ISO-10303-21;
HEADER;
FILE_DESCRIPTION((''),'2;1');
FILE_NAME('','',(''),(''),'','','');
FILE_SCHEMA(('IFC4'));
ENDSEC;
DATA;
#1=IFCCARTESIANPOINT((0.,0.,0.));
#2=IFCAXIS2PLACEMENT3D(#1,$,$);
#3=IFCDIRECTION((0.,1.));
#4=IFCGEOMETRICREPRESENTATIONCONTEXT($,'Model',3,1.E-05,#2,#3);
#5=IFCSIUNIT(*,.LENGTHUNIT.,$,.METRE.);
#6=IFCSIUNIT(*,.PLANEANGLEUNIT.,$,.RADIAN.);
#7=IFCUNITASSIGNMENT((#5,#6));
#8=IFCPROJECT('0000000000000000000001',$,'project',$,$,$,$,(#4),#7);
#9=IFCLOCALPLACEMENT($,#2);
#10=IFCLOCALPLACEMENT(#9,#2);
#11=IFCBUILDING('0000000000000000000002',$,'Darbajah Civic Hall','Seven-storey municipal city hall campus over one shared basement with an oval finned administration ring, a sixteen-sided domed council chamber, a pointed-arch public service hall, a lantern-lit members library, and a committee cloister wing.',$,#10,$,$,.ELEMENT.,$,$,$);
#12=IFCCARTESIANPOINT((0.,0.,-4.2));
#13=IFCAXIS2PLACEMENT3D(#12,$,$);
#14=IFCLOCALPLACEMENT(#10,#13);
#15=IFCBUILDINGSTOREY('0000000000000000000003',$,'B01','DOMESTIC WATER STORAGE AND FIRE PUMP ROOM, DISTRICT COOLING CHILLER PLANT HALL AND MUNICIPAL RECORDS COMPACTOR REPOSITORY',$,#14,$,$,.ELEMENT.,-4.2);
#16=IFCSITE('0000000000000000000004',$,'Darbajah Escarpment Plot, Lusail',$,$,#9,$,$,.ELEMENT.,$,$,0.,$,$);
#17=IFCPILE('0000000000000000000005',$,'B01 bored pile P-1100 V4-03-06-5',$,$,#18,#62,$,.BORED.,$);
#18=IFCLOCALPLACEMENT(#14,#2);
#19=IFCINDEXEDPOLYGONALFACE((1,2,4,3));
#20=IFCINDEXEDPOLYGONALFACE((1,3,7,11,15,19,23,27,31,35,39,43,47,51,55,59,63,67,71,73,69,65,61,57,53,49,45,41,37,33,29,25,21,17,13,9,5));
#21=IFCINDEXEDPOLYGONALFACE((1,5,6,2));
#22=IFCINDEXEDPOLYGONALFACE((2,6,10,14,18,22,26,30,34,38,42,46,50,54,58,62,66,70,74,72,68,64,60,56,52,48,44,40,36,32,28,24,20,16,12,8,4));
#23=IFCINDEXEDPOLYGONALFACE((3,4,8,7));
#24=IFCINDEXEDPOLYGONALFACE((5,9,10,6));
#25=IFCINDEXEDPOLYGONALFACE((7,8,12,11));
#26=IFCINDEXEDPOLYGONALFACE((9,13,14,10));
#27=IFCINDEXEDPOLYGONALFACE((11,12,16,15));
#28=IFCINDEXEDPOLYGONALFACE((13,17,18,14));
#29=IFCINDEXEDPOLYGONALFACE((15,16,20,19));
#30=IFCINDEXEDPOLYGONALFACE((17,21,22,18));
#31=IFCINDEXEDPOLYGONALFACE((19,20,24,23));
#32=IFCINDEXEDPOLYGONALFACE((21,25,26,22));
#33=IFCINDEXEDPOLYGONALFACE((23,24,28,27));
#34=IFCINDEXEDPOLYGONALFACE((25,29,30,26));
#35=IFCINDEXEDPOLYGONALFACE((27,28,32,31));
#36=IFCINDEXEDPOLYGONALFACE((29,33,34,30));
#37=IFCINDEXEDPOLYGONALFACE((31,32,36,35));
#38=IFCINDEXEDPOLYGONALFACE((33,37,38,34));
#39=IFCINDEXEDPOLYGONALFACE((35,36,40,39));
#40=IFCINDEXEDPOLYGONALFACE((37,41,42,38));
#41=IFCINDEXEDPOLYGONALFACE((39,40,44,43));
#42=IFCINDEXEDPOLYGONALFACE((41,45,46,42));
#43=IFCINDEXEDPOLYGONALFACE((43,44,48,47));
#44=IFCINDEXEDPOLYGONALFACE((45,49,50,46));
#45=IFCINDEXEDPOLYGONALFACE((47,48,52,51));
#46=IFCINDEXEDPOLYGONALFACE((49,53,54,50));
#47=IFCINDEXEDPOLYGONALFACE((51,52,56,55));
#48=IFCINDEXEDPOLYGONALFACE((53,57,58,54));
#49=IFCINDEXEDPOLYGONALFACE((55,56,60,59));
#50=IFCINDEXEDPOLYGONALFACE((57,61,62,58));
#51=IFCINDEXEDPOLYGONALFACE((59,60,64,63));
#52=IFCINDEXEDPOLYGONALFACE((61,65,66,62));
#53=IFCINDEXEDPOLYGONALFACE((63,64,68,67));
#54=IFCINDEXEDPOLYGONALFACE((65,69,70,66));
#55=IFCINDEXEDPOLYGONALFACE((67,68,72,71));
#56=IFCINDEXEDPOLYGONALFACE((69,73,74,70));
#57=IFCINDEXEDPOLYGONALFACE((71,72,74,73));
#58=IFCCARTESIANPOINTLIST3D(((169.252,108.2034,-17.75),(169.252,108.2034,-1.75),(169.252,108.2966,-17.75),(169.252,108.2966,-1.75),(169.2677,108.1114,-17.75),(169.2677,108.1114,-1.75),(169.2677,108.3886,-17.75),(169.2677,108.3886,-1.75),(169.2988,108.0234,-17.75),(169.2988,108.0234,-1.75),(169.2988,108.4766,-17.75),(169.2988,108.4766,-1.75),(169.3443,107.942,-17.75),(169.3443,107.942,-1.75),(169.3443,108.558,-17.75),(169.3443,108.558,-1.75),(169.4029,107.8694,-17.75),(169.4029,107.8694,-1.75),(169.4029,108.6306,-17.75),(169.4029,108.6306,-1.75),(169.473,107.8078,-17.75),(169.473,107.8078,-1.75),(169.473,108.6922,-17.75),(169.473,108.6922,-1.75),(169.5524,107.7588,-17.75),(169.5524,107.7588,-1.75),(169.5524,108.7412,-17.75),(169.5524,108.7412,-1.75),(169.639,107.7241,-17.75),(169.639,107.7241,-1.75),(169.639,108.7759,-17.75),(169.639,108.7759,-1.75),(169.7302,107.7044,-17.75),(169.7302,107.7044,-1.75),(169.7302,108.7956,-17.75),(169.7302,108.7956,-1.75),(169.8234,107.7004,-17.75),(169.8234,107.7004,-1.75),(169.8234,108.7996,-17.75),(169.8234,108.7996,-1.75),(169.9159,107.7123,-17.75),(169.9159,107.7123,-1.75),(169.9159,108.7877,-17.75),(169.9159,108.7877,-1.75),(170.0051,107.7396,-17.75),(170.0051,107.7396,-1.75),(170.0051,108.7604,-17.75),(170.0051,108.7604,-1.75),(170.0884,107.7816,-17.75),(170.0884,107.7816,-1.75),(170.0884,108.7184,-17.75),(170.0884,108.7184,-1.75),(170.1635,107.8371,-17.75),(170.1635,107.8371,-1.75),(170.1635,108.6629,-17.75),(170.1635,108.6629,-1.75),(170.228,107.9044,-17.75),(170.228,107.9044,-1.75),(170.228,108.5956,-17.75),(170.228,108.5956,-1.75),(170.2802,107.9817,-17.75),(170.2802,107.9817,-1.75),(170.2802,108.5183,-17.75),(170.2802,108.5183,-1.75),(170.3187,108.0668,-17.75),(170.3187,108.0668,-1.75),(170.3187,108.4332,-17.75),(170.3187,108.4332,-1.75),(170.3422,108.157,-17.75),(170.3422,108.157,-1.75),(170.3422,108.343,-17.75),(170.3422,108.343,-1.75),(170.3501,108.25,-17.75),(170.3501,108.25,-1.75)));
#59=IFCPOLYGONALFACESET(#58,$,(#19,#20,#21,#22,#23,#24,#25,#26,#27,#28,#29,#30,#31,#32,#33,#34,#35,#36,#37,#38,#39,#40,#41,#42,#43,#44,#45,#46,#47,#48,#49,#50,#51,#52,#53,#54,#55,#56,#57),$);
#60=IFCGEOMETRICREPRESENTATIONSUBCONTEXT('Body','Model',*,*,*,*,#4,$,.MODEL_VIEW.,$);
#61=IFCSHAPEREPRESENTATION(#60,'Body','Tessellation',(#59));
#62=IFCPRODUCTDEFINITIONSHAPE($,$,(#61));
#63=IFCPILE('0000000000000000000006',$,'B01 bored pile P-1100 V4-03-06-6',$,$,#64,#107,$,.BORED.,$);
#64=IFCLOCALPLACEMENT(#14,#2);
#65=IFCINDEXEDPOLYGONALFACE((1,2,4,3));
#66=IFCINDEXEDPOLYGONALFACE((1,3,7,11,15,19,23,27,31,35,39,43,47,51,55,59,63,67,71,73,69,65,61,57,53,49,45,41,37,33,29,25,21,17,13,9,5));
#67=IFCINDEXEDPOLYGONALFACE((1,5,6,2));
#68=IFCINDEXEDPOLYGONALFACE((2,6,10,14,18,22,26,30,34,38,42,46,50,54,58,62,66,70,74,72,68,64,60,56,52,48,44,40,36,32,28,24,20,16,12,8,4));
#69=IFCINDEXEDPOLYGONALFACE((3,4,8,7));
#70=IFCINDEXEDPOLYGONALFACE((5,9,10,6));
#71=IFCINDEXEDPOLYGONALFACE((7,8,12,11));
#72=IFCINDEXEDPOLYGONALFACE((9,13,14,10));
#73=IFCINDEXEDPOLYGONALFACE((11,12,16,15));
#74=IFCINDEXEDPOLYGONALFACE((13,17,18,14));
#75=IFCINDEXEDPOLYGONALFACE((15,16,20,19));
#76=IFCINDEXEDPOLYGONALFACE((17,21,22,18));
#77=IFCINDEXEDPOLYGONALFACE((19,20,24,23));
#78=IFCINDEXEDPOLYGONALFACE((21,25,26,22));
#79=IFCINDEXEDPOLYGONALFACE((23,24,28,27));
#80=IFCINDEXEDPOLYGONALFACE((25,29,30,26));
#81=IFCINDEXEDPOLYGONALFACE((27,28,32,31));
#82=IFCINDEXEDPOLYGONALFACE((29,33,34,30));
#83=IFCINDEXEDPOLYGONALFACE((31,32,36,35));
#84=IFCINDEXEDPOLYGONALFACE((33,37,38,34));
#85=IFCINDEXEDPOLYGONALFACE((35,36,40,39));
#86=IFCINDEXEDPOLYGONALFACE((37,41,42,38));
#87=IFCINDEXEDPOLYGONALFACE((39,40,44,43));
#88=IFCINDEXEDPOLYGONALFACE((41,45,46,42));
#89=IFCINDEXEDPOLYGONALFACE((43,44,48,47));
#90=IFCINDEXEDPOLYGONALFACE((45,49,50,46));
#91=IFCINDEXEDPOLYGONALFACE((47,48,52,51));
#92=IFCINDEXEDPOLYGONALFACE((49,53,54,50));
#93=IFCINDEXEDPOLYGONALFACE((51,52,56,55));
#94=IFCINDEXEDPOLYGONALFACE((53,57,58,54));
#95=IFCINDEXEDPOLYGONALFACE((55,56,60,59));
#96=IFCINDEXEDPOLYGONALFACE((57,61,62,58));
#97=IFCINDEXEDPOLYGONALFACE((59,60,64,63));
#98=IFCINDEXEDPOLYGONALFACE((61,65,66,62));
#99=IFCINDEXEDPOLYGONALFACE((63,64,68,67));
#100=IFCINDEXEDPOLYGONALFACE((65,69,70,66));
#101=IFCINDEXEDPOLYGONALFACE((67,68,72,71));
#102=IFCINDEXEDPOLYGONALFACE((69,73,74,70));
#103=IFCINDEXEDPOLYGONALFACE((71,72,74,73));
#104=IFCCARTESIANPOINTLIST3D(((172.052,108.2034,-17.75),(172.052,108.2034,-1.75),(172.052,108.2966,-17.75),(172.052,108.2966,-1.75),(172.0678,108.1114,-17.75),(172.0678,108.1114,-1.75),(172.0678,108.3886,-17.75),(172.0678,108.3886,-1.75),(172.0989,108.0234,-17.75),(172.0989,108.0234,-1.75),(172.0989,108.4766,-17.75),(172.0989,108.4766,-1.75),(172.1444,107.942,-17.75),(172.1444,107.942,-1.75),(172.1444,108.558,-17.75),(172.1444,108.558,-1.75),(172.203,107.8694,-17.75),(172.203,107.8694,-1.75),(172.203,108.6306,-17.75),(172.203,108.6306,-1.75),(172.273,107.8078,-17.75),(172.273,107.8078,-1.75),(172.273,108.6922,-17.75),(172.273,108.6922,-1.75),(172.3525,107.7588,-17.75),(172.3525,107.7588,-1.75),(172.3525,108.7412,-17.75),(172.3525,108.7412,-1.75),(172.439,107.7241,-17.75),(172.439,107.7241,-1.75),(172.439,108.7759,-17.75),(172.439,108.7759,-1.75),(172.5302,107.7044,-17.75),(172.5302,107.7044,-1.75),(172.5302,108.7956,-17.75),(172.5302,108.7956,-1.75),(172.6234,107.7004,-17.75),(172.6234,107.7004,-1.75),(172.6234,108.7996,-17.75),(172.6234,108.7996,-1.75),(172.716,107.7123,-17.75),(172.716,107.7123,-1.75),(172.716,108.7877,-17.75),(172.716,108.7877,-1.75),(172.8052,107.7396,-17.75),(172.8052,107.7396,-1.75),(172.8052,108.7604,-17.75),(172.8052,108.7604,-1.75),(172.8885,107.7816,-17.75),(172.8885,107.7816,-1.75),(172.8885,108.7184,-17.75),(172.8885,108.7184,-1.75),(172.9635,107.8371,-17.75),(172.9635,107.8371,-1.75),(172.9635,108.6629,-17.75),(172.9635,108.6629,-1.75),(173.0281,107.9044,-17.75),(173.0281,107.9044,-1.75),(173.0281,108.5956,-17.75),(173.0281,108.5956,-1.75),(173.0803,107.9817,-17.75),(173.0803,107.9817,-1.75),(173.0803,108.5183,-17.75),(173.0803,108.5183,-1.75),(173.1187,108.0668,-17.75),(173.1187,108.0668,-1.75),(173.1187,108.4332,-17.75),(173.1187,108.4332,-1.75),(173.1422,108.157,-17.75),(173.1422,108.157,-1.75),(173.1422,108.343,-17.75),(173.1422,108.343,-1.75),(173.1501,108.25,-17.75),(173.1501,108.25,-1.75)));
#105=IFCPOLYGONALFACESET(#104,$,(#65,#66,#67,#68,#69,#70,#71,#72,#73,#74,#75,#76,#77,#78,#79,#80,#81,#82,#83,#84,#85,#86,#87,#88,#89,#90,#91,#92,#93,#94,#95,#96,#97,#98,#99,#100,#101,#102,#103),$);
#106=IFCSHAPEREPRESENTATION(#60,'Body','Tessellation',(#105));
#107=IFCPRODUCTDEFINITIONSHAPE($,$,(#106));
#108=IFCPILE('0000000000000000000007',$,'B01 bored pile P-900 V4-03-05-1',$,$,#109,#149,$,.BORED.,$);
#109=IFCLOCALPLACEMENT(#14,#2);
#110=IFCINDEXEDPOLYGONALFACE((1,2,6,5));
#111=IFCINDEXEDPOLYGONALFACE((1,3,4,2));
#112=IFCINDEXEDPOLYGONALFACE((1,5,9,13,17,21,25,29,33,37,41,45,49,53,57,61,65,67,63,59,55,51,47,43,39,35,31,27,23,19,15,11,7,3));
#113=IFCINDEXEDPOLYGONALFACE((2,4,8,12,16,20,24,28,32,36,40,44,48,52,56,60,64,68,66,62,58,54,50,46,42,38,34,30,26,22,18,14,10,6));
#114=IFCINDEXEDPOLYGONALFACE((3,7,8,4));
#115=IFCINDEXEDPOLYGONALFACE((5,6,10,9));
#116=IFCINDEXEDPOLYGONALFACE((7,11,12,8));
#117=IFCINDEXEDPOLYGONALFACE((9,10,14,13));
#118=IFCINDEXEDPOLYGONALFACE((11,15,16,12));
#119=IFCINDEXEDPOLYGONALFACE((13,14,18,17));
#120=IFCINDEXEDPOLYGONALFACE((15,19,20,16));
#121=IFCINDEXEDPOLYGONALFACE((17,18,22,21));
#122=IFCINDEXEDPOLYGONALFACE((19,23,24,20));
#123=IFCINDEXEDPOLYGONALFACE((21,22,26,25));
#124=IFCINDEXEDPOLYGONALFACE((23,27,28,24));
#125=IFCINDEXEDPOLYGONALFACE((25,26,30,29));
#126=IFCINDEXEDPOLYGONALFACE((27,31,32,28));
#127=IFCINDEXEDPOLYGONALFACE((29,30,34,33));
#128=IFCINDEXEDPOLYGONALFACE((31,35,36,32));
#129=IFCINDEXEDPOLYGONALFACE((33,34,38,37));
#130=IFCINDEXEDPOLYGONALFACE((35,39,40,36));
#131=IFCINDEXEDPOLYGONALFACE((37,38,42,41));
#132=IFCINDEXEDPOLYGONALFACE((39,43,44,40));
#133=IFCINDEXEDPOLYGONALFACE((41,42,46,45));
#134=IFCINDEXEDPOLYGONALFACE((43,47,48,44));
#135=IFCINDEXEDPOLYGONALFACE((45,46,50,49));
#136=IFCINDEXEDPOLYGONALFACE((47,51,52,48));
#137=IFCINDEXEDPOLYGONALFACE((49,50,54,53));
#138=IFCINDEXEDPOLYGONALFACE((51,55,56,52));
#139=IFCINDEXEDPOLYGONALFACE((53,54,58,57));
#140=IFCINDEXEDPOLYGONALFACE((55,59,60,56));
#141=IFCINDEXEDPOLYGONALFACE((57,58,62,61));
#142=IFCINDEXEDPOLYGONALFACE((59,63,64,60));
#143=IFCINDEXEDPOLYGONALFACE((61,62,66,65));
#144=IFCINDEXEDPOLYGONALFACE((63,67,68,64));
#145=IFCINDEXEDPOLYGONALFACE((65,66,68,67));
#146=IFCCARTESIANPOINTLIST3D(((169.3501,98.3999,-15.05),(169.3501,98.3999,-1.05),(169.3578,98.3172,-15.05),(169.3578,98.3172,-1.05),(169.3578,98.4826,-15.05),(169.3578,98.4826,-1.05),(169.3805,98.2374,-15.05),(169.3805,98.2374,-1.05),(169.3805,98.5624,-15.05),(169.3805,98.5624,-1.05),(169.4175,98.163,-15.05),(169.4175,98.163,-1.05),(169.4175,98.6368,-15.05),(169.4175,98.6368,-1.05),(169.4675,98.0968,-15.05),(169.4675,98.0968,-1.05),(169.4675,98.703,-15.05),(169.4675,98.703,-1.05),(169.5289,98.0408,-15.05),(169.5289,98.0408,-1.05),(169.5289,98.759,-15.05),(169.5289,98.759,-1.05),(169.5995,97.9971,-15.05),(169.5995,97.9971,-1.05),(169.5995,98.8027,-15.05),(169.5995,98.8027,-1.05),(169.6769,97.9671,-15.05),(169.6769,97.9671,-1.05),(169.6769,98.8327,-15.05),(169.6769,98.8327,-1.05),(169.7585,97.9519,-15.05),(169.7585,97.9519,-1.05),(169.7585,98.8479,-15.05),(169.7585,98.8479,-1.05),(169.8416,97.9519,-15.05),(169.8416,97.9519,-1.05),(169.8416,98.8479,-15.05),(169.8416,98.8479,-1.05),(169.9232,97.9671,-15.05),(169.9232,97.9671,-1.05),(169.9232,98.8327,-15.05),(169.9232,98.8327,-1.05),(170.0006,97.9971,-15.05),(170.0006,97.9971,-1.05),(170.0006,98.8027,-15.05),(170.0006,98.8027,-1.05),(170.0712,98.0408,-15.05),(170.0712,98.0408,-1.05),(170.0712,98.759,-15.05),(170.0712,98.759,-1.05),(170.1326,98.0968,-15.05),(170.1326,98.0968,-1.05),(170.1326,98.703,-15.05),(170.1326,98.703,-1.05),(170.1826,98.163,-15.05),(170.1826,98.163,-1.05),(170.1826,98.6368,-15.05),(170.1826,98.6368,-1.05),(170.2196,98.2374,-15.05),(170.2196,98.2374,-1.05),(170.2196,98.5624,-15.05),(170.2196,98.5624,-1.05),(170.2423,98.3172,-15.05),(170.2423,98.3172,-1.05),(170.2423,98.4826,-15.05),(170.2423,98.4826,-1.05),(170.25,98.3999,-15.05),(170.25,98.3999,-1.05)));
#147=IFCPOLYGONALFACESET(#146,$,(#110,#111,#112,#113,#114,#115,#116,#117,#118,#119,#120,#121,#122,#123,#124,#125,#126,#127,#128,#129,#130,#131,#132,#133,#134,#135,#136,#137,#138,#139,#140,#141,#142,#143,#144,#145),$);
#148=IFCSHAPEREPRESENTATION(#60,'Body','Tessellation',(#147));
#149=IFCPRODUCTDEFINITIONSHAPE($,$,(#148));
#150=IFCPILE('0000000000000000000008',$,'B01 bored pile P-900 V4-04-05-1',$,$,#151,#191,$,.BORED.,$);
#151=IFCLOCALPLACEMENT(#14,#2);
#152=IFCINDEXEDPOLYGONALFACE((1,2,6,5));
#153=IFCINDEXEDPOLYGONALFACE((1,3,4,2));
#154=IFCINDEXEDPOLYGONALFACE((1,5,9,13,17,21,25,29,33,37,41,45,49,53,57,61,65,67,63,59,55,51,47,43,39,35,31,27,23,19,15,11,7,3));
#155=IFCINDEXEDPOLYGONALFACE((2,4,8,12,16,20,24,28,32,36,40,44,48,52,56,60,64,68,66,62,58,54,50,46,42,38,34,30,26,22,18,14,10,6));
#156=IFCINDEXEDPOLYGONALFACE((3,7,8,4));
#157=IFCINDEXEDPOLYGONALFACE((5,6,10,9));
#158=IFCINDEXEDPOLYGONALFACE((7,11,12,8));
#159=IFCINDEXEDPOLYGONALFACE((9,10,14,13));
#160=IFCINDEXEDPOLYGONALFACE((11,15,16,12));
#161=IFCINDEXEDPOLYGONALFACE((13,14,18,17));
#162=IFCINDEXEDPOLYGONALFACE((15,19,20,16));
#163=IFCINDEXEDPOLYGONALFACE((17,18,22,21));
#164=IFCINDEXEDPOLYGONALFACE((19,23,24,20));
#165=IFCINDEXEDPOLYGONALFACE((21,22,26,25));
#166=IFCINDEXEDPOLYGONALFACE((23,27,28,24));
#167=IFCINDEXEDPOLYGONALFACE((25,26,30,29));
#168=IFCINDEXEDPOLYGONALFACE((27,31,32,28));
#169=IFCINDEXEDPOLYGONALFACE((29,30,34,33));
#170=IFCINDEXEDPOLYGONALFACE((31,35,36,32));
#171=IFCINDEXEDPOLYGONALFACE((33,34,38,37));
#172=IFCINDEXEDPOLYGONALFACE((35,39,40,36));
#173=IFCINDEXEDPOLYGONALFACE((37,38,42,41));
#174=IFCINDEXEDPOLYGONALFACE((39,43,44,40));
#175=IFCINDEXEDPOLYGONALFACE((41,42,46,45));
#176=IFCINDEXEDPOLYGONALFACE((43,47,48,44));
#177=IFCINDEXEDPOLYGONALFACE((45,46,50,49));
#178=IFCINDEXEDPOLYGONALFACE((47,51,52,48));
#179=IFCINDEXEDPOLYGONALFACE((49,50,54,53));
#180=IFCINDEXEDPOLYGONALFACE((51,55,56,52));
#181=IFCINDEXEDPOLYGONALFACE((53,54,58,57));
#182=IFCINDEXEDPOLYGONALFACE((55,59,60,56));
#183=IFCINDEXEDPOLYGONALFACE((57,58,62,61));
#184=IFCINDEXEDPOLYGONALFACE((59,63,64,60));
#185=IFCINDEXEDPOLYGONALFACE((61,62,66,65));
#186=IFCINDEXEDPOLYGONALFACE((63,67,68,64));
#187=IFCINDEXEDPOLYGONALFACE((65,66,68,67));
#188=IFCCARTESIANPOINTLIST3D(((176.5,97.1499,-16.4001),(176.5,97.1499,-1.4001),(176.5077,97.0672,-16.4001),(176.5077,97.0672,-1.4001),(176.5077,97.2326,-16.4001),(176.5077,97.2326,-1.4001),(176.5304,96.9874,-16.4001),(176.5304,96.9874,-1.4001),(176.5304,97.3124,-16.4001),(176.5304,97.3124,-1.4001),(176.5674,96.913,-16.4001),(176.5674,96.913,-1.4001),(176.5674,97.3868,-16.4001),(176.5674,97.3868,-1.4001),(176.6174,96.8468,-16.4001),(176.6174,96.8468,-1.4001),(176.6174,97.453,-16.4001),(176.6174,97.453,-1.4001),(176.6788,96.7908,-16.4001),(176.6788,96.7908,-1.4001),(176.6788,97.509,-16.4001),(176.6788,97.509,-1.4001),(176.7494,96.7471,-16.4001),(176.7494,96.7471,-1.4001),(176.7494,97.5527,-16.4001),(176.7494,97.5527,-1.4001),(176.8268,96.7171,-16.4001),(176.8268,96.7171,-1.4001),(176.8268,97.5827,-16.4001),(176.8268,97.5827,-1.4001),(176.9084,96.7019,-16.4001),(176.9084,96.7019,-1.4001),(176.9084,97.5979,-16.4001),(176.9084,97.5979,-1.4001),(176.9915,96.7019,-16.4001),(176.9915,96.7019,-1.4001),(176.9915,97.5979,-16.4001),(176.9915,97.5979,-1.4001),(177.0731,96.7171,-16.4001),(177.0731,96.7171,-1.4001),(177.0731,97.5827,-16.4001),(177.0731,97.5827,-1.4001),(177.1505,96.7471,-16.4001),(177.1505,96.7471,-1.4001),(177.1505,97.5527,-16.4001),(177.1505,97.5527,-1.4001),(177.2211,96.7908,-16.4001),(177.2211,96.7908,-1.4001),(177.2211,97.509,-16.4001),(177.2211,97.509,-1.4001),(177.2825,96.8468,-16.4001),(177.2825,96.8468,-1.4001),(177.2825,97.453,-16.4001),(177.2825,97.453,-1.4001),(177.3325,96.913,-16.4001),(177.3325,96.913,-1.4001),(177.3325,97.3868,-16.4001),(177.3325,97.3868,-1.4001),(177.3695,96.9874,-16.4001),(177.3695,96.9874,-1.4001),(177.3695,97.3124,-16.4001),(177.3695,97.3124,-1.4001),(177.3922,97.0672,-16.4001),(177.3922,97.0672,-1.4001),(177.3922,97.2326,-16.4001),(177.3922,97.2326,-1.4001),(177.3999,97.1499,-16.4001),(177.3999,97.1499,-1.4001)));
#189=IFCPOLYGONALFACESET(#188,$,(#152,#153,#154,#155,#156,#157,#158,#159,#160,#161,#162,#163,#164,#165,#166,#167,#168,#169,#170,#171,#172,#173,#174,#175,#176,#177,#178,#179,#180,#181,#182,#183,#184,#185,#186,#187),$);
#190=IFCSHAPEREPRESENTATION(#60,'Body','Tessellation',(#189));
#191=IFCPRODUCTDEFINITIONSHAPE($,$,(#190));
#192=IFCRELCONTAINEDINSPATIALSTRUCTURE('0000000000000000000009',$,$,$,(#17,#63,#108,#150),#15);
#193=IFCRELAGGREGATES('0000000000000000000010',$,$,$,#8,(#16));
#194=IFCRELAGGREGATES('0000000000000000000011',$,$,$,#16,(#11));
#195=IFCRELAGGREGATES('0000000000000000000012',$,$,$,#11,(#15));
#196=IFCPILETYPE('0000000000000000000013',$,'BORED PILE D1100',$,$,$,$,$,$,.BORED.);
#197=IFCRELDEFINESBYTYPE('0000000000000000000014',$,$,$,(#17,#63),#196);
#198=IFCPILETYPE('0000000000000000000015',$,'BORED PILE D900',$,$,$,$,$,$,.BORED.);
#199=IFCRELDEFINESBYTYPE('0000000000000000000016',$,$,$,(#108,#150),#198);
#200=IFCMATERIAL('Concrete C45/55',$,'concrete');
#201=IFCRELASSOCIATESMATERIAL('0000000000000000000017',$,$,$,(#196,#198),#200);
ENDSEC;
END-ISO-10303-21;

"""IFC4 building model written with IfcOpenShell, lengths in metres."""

from ifc_helpers import new_model, si_unit, direction, frame, origin, origin_2d, place, context, subcontext, project, spatial, circle, extrude, material, material_profile, profile_set, type_object, element, save


model = new_model("IFC4")

# Units and contexts
model_context = context("Model", 3, precision=1e-05, world=origin(), true_north=direction((0.0, 1.0)))
body_context = subcontext(model_context, "Body", "Model", "MODEL_VIEW")
ifc_project = project(units=[si_unit("LENGTHUNIT", "METRE"), si_unit("PLANEANGLEUNIT", "RADIAN")], contexts=[model_context])

# Site, building, storey
site_placement = place(None, origin())
site = spatial("IfcSite", under=ifc_project, at=site_placement, Name="Darbajah Escarpment Plot, Lusail", CompositionType="ELEMENT", RefElevation=0.0)
building_placement = place(site_placement, origin())
building = spatial("IfcBuilding", under=site, at=building_placement, Name="Darbajah Civic Hall", Description="Seven-storey municipal city hall campus over one shared basement with an oval finned administration ring, a sixteen-sided domed council chamber, a pointed-arch public service hall, a lantern-lit members library, and a committee cloister wing.", CompositionType="ELEMENT")
storey_placement = place(building_placement, frame((0.0, 0.0, -4.2)))
storey = spatial("IfcBuildingStorey", under=building, at=storey_placement, Name="B01", Description="DOMESTIC WATER STORAGE AND FIRE PUMP ROOM, DISTRICT COOLING CHILLER PLANT HALL AND MUNICIPAL RECORDS COMPACTOR REPOSITORY", CompositionType="ELEMENT", Elevation=-4.2)

# Piles
ifc_material_1 = material(Name="Concrete C45/55", Category="concrete")
ifc_material_profile_1 = material_profile(ifc_material_1, circle(Radius=0.55, at=origin_2d()), Name="BORED PILE D1100")
ifc_profile_set_1 = profile_set([ifc_material_profile_1], Name="Concrete C45/55")
pile_type_1 = type_object("IfcPileType", Name="BORED PILE D1100", PredefinedType="BORED", material=ifc_profile_set_1)
for number, where, z_axis, x_axis, name in (
    (1, (169.8, 108.25, -1.75), (0.0, 0.0, -1.0), (1.0, 0.0, 0.0), "B01 bored pile P-1100 V4-03-06-5"),
    (2, (172.6001, 108.25, -1.75), (0.0, 0.0, -1.0), (1.0, 0.0, 0.0), "B01 bored pile P-1100 V4-03-06-6"),
):
    element("IfcPile", number, at=place(storey_placement, frame(where, z_axis=z_axis, x_axis=x_axis)), inside=storey, type_object=pile_type_1, Name=name, PredefinedType="BORED", context=body_context, shape_type="SweptSolid", body=[
        extrude(circle(Radius=0.55, at=origin_2d()), origin(), (0.0, 0.0, 1.0), 16.0),
    ])
ifc_material_profile_2 = material_profile(ifc_material_1, circle(Radius=0.45, at=origin_2d()), Name="BORED PILE D900")
ifc_profile_set_2 = profile_set([ifc_material_profile_2], Name="Concrete C45/55")
pile_type_2 = type_object("IfcPileType", Name="BORED PILE D900", PredefinedType="BORED", material=ifc_profile_set_2)
pile_placement = place(storey_placement, frame((169.8, 98.3999, -1.05), z_axis=(0.0, 0.0, -1.0), x_axis=(1.0, 0.0, 0.0)))
element("IfcPile", 3, at=pile_placement, inside=storey, type_object=pile_type_2, Name="B01 bored pile P-900 V4-03-05-1", PredefinedType="BORED", context=body_context, shape_type="SweptSolid", body=[
    extrude(circle(Radius=0.45, at=origin_2d()), origin(), (0.0, 0.0, 1.0), 14.0),
])
for number, where, z_axis, x_axis, name in (
    (4, (176.95, 97.1499, -1.4001), (0.0, 0.0, -1.0), (1.0, 0.0, 0.0), "B01 bored pile P-900 V4-04-05-1"),
):
    element("IfcPile", number, at=place(storey_placement, frame(where, z_axis=z_axis, x_axis=x_axis)), inside=storey, type_object=pile_type_2, Name=name, PredefinedType="BORED", context=body_context, shape_type="SweptSolid", body=[
        extrude(circle(Radius=0.45, at=origin_2d()), origin(), (0.0, 0.0, 1.0), 15.0),
    ])

save(model, "model.ifc")
